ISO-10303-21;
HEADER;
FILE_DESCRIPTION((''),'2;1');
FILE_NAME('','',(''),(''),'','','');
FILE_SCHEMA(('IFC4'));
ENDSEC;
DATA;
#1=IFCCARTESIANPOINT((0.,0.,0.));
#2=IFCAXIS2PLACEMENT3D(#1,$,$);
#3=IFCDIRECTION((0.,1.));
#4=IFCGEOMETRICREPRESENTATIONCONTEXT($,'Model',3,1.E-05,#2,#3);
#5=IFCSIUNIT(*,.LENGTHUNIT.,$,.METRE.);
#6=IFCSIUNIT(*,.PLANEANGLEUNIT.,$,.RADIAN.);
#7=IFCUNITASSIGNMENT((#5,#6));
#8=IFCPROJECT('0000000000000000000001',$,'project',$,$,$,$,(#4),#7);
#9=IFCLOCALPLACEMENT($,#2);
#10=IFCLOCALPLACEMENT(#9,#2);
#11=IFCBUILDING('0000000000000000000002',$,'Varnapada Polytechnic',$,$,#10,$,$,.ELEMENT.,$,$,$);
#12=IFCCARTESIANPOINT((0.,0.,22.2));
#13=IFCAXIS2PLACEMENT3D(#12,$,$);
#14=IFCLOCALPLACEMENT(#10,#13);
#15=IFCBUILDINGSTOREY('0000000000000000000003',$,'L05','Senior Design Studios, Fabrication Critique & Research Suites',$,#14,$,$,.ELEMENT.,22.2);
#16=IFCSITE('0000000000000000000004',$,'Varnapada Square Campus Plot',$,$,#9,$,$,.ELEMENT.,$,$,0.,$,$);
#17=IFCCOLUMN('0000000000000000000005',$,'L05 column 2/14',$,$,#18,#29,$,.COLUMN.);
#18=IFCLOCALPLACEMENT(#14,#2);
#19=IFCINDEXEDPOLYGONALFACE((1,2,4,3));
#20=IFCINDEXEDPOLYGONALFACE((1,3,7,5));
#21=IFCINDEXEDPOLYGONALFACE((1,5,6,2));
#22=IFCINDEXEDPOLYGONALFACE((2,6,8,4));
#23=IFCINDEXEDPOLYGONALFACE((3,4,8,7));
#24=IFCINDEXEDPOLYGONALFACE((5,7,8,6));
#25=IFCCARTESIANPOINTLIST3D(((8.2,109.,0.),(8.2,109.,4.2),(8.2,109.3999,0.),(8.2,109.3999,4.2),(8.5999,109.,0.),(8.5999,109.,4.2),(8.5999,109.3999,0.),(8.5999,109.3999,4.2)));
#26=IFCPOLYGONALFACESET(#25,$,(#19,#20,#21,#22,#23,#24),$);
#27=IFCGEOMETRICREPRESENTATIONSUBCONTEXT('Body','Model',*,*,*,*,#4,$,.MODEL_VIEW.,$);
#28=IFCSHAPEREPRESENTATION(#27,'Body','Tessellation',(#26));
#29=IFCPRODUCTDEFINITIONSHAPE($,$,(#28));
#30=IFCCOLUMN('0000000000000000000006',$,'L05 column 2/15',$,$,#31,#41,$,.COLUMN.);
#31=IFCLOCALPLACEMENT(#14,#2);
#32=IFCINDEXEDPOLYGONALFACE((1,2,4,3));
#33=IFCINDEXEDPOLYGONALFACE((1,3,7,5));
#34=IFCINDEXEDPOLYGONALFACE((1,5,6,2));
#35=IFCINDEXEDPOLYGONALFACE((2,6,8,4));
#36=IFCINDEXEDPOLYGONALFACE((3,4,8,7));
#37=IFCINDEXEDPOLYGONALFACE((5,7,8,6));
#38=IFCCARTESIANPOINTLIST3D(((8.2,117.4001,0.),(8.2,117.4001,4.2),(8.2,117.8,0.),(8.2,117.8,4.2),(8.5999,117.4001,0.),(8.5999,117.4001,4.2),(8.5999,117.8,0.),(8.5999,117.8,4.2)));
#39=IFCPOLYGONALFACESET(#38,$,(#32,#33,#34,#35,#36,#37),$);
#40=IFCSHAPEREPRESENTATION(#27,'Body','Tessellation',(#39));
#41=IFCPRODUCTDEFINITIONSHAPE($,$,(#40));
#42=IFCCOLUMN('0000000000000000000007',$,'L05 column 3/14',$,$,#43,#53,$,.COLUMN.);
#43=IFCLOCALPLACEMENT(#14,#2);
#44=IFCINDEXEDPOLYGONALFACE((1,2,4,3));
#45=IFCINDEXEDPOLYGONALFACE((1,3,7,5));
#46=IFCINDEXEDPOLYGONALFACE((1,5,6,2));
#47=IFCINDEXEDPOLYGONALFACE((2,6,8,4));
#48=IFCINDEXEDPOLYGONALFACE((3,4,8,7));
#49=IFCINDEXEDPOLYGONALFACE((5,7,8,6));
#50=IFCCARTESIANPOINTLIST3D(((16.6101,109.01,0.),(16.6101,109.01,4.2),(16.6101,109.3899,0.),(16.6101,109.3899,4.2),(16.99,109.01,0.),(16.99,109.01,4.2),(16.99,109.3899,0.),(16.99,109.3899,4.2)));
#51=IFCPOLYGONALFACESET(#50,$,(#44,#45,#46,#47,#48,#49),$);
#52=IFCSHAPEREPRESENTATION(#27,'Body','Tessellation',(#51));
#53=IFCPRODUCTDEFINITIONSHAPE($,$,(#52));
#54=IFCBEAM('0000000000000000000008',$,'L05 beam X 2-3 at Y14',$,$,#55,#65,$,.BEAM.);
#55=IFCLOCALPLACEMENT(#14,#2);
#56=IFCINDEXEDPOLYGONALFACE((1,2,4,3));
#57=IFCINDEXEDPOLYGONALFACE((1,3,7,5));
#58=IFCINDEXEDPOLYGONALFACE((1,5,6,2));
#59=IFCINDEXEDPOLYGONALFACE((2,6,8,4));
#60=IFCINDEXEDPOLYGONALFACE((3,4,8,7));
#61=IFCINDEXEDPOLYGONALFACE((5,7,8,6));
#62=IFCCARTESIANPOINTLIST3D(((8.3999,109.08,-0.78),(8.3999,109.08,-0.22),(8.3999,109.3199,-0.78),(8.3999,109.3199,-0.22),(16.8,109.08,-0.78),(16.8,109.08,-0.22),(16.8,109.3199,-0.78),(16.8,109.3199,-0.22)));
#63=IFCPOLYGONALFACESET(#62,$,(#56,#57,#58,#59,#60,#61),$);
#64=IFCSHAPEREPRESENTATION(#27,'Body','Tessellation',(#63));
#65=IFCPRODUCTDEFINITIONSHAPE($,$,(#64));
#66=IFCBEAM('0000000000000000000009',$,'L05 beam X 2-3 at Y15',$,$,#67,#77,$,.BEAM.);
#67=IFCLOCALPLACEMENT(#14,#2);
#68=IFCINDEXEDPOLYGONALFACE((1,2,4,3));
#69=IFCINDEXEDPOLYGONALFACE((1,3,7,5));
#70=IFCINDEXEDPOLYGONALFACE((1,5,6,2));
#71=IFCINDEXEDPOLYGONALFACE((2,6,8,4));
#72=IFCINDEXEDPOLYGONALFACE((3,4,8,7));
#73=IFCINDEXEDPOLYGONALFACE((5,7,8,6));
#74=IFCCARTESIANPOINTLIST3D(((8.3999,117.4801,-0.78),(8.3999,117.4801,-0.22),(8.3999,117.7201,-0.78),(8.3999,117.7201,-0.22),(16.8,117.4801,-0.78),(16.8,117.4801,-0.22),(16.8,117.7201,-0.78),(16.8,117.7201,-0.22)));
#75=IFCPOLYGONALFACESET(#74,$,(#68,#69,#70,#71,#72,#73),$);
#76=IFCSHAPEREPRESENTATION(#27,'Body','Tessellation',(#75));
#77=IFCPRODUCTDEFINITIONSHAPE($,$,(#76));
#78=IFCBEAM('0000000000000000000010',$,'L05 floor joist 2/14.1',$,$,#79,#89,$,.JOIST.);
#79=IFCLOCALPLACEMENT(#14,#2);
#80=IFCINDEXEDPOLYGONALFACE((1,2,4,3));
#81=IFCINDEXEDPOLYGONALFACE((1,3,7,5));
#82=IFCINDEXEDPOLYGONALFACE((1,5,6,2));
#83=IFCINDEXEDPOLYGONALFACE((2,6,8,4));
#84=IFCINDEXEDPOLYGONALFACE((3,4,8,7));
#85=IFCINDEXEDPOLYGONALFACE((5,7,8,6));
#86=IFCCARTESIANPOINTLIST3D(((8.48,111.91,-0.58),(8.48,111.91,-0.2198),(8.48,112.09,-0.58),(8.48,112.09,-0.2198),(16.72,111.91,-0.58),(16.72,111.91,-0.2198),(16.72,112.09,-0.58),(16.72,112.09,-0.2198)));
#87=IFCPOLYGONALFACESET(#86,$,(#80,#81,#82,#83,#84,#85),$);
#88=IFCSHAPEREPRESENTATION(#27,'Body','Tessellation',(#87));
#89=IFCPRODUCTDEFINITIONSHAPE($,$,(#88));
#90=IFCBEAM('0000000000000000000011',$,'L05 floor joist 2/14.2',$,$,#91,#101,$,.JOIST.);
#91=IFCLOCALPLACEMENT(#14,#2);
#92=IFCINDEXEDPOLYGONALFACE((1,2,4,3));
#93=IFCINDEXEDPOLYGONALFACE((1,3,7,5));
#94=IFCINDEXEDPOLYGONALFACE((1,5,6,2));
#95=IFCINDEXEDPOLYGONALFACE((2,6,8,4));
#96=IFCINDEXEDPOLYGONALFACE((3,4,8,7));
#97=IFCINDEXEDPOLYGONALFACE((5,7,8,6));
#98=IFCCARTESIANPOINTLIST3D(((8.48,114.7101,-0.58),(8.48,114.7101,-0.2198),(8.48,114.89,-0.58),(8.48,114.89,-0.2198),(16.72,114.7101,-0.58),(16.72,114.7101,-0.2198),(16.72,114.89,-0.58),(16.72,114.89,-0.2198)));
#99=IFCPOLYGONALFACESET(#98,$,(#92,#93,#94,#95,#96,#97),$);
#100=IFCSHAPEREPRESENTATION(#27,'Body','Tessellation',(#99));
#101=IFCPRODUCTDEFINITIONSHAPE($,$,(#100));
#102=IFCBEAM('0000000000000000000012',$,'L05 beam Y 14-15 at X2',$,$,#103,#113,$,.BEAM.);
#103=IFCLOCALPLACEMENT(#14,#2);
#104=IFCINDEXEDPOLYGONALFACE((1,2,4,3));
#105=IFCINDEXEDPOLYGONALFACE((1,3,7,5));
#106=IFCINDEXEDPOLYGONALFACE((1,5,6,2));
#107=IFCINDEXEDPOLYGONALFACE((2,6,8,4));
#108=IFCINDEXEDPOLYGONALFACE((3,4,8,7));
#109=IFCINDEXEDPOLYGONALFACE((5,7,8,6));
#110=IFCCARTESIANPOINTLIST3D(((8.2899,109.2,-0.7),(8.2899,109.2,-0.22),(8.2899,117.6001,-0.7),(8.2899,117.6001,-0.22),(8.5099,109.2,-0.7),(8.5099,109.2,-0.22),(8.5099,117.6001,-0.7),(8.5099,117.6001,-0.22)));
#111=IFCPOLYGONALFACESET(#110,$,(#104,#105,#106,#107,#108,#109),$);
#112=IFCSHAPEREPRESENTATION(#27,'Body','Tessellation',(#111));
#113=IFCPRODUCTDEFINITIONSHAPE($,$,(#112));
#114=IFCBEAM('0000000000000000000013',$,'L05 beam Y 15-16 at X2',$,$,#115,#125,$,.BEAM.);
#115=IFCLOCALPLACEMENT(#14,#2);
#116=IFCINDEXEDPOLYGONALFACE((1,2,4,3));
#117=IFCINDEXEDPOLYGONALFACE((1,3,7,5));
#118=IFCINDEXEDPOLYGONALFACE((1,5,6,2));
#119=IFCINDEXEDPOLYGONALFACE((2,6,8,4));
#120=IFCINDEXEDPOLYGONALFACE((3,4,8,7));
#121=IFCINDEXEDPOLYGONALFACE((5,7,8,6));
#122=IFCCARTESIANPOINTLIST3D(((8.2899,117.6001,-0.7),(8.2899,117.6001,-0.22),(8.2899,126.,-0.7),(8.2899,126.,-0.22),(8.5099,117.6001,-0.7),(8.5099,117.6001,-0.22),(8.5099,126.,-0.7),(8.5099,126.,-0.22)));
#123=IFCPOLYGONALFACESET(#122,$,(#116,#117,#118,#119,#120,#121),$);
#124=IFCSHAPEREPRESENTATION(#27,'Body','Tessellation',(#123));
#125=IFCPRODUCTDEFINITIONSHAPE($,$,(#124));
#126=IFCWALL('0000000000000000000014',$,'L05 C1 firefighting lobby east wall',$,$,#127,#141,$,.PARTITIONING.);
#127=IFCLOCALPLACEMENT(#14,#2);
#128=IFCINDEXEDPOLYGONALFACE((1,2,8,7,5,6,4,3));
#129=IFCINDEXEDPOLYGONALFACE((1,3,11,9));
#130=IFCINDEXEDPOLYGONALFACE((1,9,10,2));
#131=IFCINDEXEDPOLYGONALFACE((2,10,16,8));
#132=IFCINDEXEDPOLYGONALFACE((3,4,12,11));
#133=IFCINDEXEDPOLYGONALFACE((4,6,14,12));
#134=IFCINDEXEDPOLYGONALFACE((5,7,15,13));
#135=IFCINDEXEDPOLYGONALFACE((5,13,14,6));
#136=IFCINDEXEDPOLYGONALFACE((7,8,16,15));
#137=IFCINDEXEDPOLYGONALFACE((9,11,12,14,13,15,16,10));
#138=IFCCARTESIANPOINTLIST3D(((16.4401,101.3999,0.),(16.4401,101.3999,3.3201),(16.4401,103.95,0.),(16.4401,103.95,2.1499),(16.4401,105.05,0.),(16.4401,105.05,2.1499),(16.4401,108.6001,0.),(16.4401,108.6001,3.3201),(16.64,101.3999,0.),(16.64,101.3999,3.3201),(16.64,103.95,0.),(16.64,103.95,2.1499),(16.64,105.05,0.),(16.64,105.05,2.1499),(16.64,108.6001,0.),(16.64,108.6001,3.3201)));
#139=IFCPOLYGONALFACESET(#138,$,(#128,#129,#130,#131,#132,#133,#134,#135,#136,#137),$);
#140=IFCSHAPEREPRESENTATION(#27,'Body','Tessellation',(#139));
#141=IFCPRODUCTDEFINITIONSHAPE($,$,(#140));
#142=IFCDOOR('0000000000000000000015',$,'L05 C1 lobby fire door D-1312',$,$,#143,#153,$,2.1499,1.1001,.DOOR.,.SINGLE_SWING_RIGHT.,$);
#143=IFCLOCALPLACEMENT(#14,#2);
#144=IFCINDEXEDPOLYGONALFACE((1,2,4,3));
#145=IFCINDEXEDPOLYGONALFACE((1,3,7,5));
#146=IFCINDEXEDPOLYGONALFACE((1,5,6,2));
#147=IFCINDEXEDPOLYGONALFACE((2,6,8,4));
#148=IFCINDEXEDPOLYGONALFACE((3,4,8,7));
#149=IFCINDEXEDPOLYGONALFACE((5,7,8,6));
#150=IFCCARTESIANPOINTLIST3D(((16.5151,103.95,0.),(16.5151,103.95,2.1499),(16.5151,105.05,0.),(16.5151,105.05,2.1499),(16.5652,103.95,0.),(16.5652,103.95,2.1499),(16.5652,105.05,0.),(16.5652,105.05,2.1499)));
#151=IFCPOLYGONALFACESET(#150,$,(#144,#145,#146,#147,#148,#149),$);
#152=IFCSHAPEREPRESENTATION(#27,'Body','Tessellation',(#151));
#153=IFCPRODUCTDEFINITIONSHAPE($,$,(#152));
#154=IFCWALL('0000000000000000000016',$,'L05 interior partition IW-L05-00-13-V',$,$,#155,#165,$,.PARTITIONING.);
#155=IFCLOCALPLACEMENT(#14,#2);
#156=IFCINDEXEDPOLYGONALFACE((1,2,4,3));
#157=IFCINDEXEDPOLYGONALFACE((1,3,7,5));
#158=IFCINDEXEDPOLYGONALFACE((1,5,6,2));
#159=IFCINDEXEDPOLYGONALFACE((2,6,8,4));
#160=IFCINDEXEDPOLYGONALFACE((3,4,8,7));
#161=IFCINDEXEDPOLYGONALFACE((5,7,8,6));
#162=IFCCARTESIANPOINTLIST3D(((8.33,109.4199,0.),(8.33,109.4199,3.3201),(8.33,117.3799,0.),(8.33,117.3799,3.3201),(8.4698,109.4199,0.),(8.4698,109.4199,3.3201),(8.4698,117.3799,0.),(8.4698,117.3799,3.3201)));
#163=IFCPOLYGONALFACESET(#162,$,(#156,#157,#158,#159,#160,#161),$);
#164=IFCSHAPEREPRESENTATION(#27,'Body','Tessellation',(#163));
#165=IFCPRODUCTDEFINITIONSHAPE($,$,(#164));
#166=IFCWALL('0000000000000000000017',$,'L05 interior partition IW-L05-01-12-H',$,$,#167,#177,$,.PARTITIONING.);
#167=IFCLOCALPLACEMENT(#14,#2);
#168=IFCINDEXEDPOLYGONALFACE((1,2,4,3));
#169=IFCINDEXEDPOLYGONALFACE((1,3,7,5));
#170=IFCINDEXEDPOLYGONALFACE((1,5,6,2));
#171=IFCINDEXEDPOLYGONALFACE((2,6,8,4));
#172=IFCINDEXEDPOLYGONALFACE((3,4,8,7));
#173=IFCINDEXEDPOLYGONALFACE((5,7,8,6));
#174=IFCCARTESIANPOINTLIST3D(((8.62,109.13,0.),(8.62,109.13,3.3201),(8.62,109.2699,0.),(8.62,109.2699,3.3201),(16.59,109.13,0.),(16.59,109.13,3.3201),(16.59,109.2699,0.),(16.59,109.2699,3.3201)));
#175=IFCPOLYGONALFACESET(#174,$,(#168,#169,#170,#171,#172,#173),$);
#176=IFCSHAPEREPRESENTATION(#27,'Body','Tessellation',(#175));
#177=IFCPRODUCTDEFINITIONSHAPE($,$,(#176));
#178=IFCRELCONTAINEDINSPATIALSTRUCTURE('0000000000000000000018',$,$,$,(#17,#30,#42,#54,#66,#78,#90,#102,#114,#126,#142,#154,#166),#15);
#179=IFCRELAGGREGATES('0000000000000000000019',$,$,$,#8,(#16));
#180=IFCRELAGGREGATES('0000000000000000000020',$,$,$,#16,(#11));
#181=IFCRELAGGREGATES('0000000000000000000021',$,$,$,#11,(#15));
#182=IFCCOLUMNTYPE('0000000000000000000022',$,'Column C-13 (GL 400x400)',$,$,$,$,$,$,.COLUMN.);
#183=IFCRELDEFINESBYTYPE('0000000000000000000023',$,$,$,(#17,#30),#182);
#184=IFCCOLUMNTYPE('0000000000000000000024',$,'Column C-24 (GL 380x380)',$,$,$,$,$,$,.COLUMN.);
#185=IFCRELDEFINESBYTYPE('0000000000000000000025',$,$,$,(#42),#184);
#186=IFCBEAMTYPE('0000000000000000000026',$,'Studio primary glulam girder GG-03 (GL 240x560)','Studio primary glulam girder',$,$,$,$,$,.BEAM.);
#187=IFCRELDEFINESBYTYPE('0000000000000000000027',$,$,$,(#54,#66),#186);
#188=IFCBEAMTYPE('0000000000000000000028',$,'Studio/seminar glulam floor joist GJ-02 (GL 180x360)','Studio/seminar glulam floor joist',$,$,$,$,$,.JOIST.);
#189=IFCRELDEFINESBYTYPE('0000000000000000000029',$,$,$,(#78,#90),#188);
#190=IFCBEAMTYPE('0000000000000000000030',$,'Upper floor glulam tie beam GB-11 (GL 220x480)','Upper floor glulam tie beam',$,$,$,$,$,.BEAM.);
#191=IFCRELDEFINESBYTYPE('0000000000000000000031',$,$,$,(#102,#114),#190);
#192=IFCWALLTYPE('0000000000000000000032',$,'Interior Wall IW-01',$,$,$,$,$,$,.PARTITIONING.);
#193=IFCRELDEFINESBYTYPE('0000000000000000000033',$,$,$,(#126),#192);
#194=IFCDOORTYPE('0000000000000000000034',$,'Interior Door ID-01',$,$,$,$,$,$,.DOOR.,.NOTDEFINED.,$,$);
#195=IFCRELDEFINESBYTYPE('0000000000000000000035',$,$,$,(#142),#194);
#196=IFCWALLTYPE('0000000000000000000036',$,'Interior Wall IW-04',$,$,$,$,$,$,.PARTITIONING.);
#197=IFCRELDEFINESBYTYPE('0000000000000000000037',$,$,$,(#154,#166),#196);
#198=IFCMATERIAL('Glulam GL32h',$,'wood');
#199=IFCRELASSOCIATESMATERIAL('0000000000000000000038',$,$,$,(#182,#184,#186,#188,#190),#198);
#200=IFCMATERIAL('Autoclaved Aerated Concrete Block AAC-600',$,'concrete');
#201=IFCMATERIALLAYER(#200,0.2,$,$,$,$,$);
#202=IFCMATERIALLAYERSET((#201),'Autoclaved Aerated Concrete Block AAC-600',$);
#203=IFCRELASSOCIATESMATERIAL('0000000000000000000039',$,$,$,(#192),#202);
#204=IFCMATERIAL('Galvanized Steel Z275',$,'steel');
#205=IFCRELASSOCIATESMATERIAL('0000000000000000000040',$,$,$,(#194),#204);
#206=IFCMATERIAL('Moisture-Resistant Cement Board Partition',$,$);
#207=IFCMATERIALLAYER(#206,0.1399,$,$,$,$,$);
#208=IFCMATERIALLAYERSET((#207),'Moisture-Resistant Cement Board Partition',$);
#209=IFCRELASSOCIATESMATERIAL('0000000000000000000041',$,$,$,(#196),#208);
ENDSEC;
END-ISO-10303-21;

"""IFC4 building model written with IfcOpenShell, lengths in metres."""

from ifc_helpers import new_model, si_unit, direction, frame, frame_2d, origin, origin_2d, place, context, subcontext, project, spatial, rectangle, extrude, material, layer, layer_set, material_profile, profile_set, type_object, element, fill, save


model = new_model("IFC4")

# Units and contexts
model_context = context("Model", 3, precision=1e-05, world=origin(), true_north=direction((0.0, 1.0)))
body_context = subcontext(model_context, "Body", "Model", "MODEL_VIEW")
ifc_project = project(units=[si_unit("LENGTHUNIT", "METRE"), si_unit("PLANEANGLEUNIT", "RADIAN")], contexts=[model_context])

# Site, building, storey
site_placement = place(None, origin())
site = spatial("IfcSite", under=ifc_project, at=site_placement, Name="Varnapada Square Campus Plot", CompositionType="ELEMENT", RefElevation=0.0)
building_placement = place(site_placement, origin())
building = spatial("IfcBuilding", under=site, at=building_placement, Name="Varnapada Polytechnic", CompositionType="ELEMENT")
storey_placement = place(building_placement, frame((0.0, 0.0, 22.2)))
storey = spatial("IfcBuildingStorey", under=building, at=storey_placement, Name="L05", Description="Senior Design Studios, Fabrication Critique & Research Suites", CompositionType="ELEMENT", Elevation=22.2)

# Columns
ifc_material_1 = material(Name="Glulam GL32h", Category="wood")
ifc_material_profile_1 = material_profile(ifc_material_1, rectangle(XDim=0.3999, YDim=0.3999, at=origin_2d()), Name="GL 400x400")
ifc_profile_set_1 = profile_set([ifc_material_profile_1], Name="Glulam GL32h")
column_type_1 = type_object("IfcColumnType", Name="Column C-13 (GL 400x400)", PredefinedType="COLUMN", material=ifc_profile_set_1)
for number, where, z_axis, x_axis, name in (
    (1, (8.3999, 109.2, 0.0), (0.0, 0.0, 1.0), (1.0, 0.0, 0.0), "L05 column 2/14"),
    (2, (8.3999, 117.6001, 0.0), (0.0, 0.0, 1.0), (1.0, 0.0, 0.0), "L05 column 2/15"),
):
    element("IfcColumn", number, at=place(storey_placement, frame(where, z_axis=z_axis, x_axis=x_axis)), inside=storey, type_object=column_type_1, Name=name, PredefinedType="COLUMN", context=body_context, shape_type="SweptSolid", body=[
        extrude(rectangle(XDim=0.3999, YDim=0.3999, at=origin_2d()), origin(), (0.0, 0.0, 1.0), 4.2),
    ])
ifc_material_profile_2 = material_profile(ifc_material_1, rectangle(XDim=0.3799, YDim=0.3799, at=origin_2d()), Name="GL 380x380")
ifc_profile_set_2 = profile_set([ifc_material_profile_2], Name="Glulam GL32h")
column_type_2 = type_object("IfcColumnType", Name="Column C-24 (GL 380x380)", PredefinedType="COLUMN", material=ifc_profile_set_2)
column_placement = place(storey_placement, frame((16.8, 109.2, 0.0), z_axis=(0.0, 0.0, 1.0), x_axis=(1.0, 0.0, 0.0)))
element("IfcColumn", 3, at=column_placement, inside=storey, type_object=column_type_2, Name="L05 column 3/14", PredefinedType="COLUMN", context=body_context, shape_type="SweptSolid", body=[
    extrude(rectangle(XDim=0.3799, YDim=0.3799, at=origin_2d()), origin(), (0.0, 0.0, 1.0), 4.2),
])

# Beams
ifc_material_profile_3 = material_profile(ifc_material_1, rectangle(XDim=0.24, YDim=0.5601, at=origin_2d()), Name="GL 240x560")
ifc_profile_set_3 = profile_set([ifc_material_profile_3], Name="Glulam GL32h")
beam_type_1 = type_object("IfcBeamType", Name="Studio primary glulam girder GG-03 (GL 240x560)", Description="Studio primary glulam girder", PredefinedType="BEAM", material=ifc_profile_set_3)
for number, where, z_axis, x_axis, name in (
    (4, (8.3999, 109.2, -0.5), (1.0, 0.0, 0.0), (0.0, 1.0, 0.0), "L05 beam X 2-3 at Y14"),
    (5, (8.3999, 117.6001, -0.5), (1.0, 0.0, 0.0), (0.0, 1.0, 0.0), "L05 beam X 2-3 at Y15"),
):
    element("IfcBeam", number, at=place(storey_placement, frame(where, z_axis=z_axis, x_axis=x_axis)), inside=storey, type_object=beam_type_1, Name=name, PredefinedType="BEAM", context=body_context, shape_type="SweptSolid", body=[
        extrude(rectangle(XDim=0.24, YDim=0.5601, at=origin_2d()), origin(), (0.0, 0.0, 1.0), 8.4001),
    ])
ifc_material_profile_4 = material_profile(ifc_material_1, rectangle(XDim=0.1799, YDim=0.3601, at=origin_2d()), Name="GL 180x360")
ifc_profile_set_4 = profile_set([ifc_material_profile_4], Name="Glulam GL32h")
beam_type_2 = type_object("IfcBeamType", Name="Studio/seminar glulam floor joist GJ-02 (GL 180x360)", Description="Studio/seminar glulam floor joist", PredefinedType="JOIST", material=ifc_profile_set_4)
for number, where, z_axis, x_axis, name in (
    (6, (8.48, 112.0, -0.3999), (1.0, 0.0, 0.0), (0.0, 1.0, 0.0), "L05 floor joist 2/14.1"),
    (7, (8.48, 114.8, -0.3999), (1.0, 0.0, 0.0), (0.0, 1.0, 0.0), "L05 floor joist 2/14.2"),
):
    element("IfcBeam", number, at=place(storey_placement, frame(where, z_axis=z_axis, x_axis=x_axis)), inside=storey, type_object=beam_type_2, Name=name, PredefinedType="JOIST", context=body_context, shape_type="SweptSolid", body=[
        extrude(rectangle(XDim=0.1799, YDim=0.3601, at=origin_2d()), origin(), (0.0, 0.0, 1.0), 8.24),
    ])
ifc_material_profile_5 = material_profile(ifc_material_1, rectangle(XDim=0.22, YDim=0.48, at=origin_2d()), Name="GL 220x480")
ifc_profile_set_5 = profile_set([ifc_material_profile_5], Name="Glulam GL32h")
beam_type_3 = type_object("IfcBeamType", Name="Upper floor glulam tie beam GB-11 (GL 220x480)", Description="Upper floor glulam tie beam", PredefinedType="BEAM", material=ifc_profile_set_5)
beam_1_placement = place(storey_placement, frame((8.3999, 109.2, -0.46), z_axis=(0.0, 1.0, 0.0), x_axis=(-1.0, 0.0, 0.0)))
element("IfcBeam", 8, at=beam_1_placement, inside=storey, type_object=beam_type_3, Name="L05 beam Y 14-15 at X2", PredefinedType="BEAM", context=body_context, shape_type="SweptSolid", body=[
    extrude(rectangle(XDim=0.22, YDim=0.48, at=origin_2d()), origin(), (0.0, 0.0, 1.0), 8.4001),
])
beam_2_placement = place(storey_placement, frame((8.3999, 117.6001, -0.46), z_axis=(0.0, 1.0, 0.0), x_axis=(-1.0, 0.0, 0.0)))
element("IfcBeam", 9, at=beam_2_placement, inside=storey, type_object=beam_type_3, Name="L05 beam Y 15-16 at X2", PredefinedType="BEAM", context=body_context, shape_type="SweptSolid", body=[
    extrude(rectangle(XDim=0.22, YDim=0.48, at=origin_2d()), origin(), (0.0, 0.0, 1.0), 8.3999),
])

# Wall, opening, door
ifc_material_2 = material(Name="Autoclaved Aerated Concrete Block AAC-600", Category="concrete")
ifc_layer_1 = layer(ifc_material_2, 0.2)
ifc_layer_set_1 = layer_set([ifc_layer_1], Name="Autoclaved Aerated Concrete Block AAC-600")
wall_type_1 = type_object("IfcWallType", Name="Interior Wall IW-01", PredefinedType="PARTITIONING", material=ifc_layer_set_1)
wall_1_placement = place(storey_placement, frame((16.54, 108.6001, 0.0), z_axis=(0.0, 0.0, 1.0), x_axis=(0.0, -1.0, 0.0)))
wall_1 = element("IfcWall", 10, at=wall_1_placement, inside=storey, type_object=wall_type_1, Name="L05 C1 firefighting lobby east wall", PredefinedType="PARTITIONING", context=body_context, shape_type="SweptSolid", body=[
    extrude(rectangle(XDim=7.2002, YDim=0.2, at=frame_2d((3.6001, 0.0))), origin(), (0.0, 0.0, 1.0), 3.3201),
])
opening_placement = place(wall_1_placement, frame((3.55, 0.0, 0.0)))
opening = element("IfcOpeningElement", 11, at=opening_placement, cuts=wall_1, PredefinedType="OPENING", context=body_context, shape_type="SweptSolid", body=[
    extrude(rectangle(XDim=1.1001, YDim=2.1499, at=frame_2d((0.55, 1.075))), frame((0.0, 0.1099, 0.0), z_axis=(0.0, -1.0, 0.0), x_axis=(1.0, 0.0, 0.0)), (0.0, 0.0, 1.0), 0.22),
])
ifc_material_3 = material(Name="Galvanized Steel Z275", Category="steel")
door_type = type_object("IfcDoorType", Name="Interior Door ID-01", OperationType="NOTDEFINED", PredefinedType="DOOR", material=ifc_material_3)
door_placement = place(opening_placement, frame((1.1001, 0.0, 0.0), z_axis=(0.0, 0.0, 1.0), x_axis=(-1.0, 0.0, 0.0)))
door = element("IfcDoor", 12, at=door_placement, inside=storey, type_object=door_type, Name="L05 C1 lobby fire door D-1312", OperationType="SINGLE_SWING_RIGHT", OverallHeight=2.1499, OverallWidth=1.1001, PredefinedType="DOOR", context=body_context, shape_type="SweptSolid", body=[
    extrude(rectangle(XDim=1.1001, YDim=2.1499, at=frame_2d((0.55, 1.075))), frame((0.0, 0.0249, 0.0), z_axis=(0.0, -1.0, 0.0), x_axis=(1.0, 0.0, 0.0)), (0.0, 0.0, 1.0), 0.05),
])
fill(opening, door)

# Walls
ifc_material_4 = material(Name="Moisture-Resistant Cement Board Partition")
ifc_layer_2 = layer(ifc_material_4, 0.1399)
ifc_layer_set_2 = layer_set([ifc_layer_2], Name="Moisture-Resistant Cement Board Partition")
wall_type_2 = type_object("IfcWallType", Name="Interior Wall IW-04", PredefinedType="PARTITIONING", material=ifc_layer_set_2)
wall_2_placement = place(storey_placement, frame((8.3999, 109.4199, 0.0), z_axis=(0.0, 0.0, 1.0), x_axis=(0.0, 1.0, 0.0)))
element("IfcWall", 13, at=wall_2_placement, inside=storey, type_object=wall_type_2, Name="L05 interior partition IW-L05-00-13-V", PredefinedType="PARTITIONING", context=body_context, shape_type="SweptSolid", body=[
    extrude(rectangle(XDim=7.96, YDim=0.1399, at=frame_2d((3.98, 0.0))), origin(), (0.0, 0.0, 1.0), 3.3201),
])
for number, where, z_axis, x_axis, name in (
    (14, (8.6201, 109.2, 0.0), (0.0, 0.0, 1.0), (1.0, 0.0, 0.0), "L05 interior partition IW-L05-01-12-H"),
):
    element("IfcWall", number, at=place(storey_placement, frame(where, z_axis=z_axis, x_axis=x_axis)), inside=storey, type_object=wall_type_2, Name=name, PredefinedType="PARTITIONING", context=body_context, shape_type="SweptSolid", body=[
        extrude(rectangle(XDim=7.97, YDim=0.1399, at=frame_2d((3.9849, 0.0))), origin(), (0.0, 0.0, 1.0), 3.3201),
    ])

save(model, "model.ifc")
